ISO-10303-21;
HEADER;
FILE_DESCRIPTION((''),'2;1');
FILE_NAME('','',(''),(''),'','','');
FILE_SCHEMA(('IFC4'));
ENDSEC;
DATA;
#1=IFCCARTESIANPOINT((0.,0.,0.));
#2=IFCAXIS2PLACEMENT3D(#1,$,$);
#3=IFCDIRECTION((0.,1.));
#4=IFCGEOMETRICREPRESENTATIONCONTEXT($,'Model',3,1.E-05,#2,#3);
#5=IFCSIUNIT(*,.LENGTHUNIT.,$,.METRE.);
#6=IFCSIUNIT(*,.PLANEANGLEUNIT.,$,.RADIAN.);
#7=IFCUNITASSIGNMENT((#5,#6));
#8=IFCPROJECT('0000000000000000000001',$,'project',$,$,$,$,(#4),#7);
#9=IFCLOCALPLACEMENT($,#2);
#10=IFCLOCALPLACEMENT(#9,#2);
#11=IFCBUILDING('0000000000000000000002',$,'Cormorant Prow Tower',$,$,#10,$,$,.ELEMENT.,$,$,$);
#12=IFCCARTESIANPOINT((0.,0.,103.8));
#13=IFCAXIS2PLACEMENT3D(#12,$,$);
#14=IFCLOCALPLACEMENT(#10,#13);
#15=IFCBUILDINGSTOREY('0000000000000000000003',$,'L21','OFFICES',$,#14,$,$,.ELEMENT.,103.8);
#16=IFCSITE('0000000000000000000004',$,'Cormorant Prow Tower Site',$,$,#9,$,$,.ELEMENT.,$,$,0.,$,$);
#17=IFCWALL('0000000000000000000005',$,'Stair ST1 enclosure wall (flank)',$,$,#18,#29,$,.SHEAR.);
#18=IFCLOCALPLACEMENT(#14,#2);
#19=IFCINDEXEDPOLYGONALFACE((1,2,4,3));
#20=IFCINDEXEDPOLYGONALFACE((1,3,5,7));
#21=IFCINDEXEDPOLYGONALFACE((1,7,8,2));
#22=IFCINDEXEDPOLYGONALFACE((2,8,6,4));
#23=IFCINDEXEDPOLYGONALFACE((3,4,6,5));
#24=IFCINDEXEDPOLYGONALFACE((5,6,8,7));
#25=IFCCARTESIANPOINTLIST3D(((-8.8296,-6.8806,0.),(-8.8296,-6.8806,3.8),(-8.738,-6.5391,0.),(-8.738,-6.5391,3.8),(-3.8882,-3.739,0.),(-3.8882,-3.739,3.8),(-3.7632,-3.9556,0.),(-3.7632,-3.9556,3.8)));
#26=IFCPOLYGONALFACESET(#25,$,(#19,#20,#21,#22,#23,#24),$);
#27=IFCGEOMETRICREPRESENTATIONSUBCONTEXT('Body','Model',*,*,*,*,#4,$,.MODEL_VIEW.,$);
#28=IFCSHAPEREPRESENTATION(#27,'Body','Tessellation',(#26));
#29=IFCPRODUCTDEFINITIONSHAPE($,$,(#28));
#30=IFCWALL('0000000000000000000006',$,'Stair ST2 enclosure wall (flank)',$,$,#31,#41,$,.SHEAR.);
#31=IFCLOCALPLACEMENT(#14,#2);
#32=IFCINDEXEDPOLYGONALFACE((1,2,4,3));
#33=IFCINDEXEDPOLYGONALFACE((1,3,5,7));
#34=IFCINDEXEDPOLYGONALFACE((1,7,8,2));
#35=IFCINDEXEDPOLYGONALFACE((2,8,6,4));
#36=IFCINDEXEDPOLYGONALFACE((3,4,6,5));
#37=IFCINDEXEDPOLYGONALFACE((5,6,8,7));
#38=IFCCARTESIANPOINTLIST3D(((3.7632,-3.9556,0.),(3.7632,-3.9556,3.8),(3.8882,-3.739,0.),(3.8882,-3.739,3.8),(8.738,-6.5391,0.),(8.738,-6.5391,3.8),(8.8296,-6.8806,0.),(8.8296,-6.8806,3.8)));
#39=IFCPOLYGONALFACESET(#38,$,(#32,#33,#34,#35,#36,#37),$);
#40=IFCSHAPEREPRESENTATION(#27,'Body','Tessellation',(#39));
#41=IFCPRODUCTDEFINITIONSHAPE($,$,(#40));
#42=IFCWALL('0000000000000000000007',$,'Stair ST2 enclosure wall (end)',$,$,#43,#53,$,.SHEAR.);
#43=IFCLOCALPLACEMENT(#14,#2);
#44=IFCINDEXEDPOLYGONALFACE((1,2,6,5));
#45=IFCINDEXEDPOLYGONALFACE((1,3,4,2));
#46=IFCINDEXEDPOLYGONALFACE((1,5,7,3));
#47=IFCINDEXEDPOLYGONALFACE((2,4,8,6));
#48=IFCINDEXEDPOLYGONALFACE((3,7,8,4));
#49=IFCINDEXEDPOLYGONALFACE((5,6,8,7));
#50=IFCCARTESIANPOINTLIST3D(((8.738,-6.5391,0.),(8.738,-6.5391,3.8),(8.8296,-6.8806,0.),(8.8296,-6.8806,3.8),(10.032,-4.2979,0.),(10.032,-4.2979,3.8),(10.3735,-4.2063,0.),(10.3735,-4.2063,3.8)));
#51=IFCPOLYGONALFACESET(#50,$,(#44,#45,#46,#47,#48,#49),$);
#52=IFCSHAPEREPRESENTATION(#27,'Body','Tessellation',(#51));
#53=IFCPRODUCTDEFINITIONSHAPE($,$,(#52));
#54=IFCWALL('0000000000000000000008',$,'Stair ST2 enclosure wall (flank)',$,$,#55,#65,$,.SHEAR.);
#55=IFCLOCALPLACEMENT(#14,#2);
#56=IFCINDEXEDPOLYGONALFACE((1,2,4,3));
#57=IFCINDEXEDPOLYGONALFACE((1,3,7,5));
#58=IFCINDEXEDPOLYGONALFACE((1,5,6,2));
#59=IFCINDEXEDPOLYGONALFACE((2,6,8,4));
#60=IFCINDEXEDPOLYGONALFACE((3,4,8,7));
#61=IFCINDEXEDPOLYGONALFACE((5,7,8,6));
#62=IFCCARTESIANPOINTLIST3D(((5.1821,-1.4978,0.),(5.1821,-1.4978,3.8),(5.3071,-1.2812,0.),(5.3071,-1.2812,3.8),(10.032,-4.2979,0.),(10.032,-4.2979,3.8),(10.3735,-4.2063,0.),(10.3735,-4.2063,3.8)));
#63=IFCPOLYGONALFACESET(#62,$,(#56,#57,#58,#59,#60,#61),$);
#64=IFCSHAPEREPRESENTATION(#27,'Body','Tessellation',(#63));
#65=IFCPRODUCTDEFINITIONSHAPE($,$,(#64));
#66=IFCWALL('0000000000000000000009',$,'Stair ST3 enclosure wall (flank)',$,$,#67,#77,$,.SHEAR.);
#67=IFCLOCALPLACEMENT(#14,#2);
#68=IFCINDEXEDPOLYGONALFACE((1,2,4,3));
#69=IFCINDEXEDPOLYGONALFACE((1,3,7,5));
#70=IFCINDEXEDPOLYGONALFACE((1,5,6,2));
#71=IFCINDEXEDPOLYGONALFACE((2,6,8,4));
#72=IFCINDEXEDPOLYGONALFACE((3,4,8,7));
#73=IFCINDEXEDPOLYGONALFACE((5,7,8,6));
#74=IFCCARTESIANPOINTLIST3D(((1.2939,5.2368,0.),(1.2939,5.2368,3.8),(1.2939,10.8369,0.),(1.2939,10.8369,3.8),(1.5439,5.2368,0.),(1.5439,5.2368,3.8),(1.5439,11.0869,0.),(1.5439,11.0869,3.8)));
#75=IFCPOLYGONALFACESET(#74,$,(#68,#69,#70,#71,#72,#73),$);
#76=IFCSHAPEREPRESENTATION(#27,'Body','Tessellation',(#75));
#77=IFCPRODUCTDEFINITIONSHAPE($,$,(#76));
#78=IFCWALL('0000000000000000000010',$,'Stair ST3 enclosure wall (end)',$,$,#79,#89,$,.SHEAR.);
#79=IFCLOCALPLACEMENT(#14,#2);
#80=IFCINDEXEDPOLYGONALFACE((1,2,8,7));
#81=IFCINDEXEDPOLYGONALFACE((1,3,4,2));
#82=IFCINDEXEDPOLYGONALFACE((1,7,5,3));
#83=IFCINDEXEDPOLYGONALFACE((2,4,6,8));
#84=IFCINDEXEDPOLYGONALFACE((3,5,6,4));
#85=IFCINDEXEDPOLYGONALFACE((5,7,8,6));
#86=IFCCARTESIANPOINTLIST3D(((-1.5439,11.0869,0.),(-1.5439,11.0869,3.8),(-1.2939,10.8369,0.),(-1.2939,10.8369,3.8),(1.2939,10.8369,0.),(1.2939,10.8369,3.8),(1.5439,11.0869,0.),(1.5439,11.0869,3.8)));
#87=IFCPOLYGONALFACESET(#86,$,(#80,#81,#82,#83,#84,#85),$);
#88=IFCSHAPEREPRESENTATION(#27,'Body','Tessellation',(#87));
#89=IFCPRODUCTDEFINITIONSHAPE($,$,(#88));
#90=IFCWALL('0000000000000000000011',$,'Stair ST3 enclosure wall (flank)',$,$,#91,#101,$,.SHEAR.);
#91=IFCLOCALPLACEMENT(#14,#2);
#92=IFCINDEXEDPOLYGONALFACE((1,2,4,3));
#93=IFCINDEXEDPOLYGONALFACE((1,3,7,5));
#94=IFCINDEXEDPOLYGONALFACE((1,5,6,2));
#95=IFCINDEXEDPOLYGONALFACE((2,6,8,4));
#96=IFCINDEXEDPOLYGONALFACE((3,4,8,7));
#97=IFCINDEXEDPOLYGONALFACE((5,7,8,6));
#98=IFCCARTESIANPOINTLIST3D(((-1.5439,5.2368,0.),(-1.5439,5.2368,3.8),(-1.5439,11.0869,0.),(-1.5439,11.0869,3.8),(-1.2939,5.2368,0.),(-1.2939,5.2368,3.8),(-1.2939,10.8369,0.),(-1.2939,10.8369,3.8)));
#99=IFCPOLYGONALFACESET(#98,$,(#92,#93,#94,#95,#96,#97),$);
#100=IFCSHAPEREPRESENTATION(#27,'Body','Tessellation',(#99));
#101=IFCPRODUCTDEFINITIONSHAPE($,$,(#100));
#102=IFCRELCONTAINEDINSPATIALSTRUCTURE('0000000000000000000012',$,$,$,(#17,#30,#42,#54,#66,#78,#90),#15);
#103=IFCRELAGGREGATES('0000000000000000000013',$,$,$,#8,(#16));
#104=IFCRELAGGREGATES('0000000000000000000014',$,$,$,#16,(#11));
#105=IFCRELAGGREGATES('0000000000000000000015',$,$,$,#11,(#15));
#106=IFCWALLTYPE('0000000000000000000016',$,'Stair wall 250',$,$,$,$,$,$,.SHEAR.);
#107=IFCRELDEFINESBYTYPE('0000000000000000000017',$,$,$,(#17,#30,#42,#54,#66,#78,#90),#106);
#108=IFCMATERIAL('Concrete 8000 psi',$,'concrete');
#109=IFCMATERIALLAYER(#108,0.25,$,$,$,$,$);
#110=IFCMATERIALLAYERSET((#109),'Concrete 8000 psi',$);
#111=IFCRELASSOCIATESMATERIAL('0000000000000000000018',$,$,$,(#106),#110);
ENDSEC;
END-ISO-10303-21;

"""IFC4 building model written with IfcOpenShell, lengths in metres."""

from ifc_helpers import new_model, si_unit, direction, frame, origin, place, context, subcontext, project, spatial, polyline, outline, extrude, material, layer, layer_set, type_object, element, save


model = new_model("IFC4")

# Units and contexts
model_context = context("Model", 3, precision=1e-05, world=origin(), true_north=direction((0.0, 1.0)))
body_context = subcontext(model_context, "Body", "Model", "MODEL_VIEW")
ifc_project = project(units=[si_unit("LENGTHUNIT", "METRE"), si_unit("PLANEANGLEUNIT", "RADIAN")], contexts=[model_context])

# Site, building, storey
site_placement = place(None, origin())
site = spatial("IfcSite", under=ifc_project, at=site_placement, Name="Cormorant Prow Tower Site", CompositionType="ELEMENT", RefElevation=0.0)
building_placement = place(site_placement, origin())
building = spatial("IfcBuilding", under=site, at=building_placement, Name="Cormorant Prow Tower", CompositionType="ELEMENT")
storey_placement = place(building_placement, frame((0.0, 0.0, 103.8)))
storey = spatial("IfcBuildingStorey", under=building, at=storey_placement, Name="L21", Description="OFFICES", CompositionType="ELEMENT", Elevation=103.8)

# Walls
ifc_material_1 = material(Name="Concrete 8000 psi", Category="concrete")
ifc_layer_1 = layer(ifc_material_1, 0.25)
ifc_layer_set_1 = layer_set([ifc_layer_1], Name="Concrete 8000 psi")
wall_type_1 = type_object("IfcWallType", Name="Stair wall 250", PredefinedType="SHEAR", material=ifc_layer_set_1)
wall_1_placement = place(storey_placement, origin())
element("IfcWall", 1, at=wall_1_placement, inside=storey, type_object=wall_type_1, Name="Stair ST1 enclosure wall (flank)", PredefinedType="SHEAR", context=body_context, shape_type="SweptSolid", body=[
    extrude(outline(polyline([(-8.738, -6.5391), (-8.8296, -6.8806), (-3.7632, -3.9556), (-3.8882, -3.739), (-8.738, -6.5391)])), origin(), (0.0, 0.0, 1.0), 3.8),
])
wall_2_placement = place(storey_placement, origin())
element("IfcWall", 2, at=wall_2_placement, inside=storey, type_object=wall_type_1, Name="Stair ST2 enclosure wall (flank)", PredefinedType="SHEAR", context=body_context, shape_type="SweptSolid", body=[
    extrude(outline(polyline([(3.7632, -3.9556), (8.8296, -6.8806), (8.738, -6.5391), (3.8882, -3.739), (3.7632, -3.9556)])), origin(), (0.0, 0.0, 1.0), 3.8),
])
wall_3_placement = place(storey_placement, origin())
element("IfcWall", 3, at=wall_3_placement, inside=storey, type_object=wall_type_1, Name="Stair ST2 enclosure wall (end)", PredefinedType="SHEAR", context=body_context, shape_type="SweptSolid", body=[
    extrude(outline(polyline([(8.8296, -6.8806), (10.3735, -4.2063), (10.032, -4.2979), (8.738, -6.5391), (8.8296, -6.8806)])), origin(), (0.0, 0.0, 1.0), 3.8),
])
wall_4_placement = place(storey_placement, origin())
element("IfcWall", 4, at=wall_4_placement, inside=storey, type_object=wall_type_1, Name="Stair ST2 enclosure wall (flank)", PredefinedType="SHEAR", context=body_context, shape_type="SweptSolid", body=[
    extrude(outline(polyline([(10.032, -4.2979), (10.3735, -4.2063), (5.3071, -1.2812), (5.1821, -1.4978), (10.032, -4.2979)])), origin(), (0.0, 0.0, 1.0), 3.8),
])
wall_5_placement = place(storey_placement, origin())
element("IfcWall", 5, at=wall_5_placement, inside=storey, type_object=wall_type_1, Name="Stair ST3 enclosure wall (flank)", PredefinedType="SHEAR", context=body_context, shape_type="SweptSolid", body=[
    extrude(outline(polyline([(1.5439, 5.2368), (1.5439, 11.0869), (1.2939, 10.8369), (1.2939, 5.2368), (1.5439, 5.2368)])), origin(), (0.0, 0.0, 1.0), 3.8),
])
wall_6_placement = place(storey_placement, origin())
element("IfcWall", 6, at=wall_6_placement, inside=storey, type_object=wall_type_1, Name="Stair ST3 enclosure wall (end)", PredefinedType="SHEAR", context=body_context, shape_type="SweptSolid", body=[
    extrude(outline(polyline([(1.5439, 11.0869), (-1.5439, 11.0869), (-1.2939, 10.8369), (1.2939, 10.8369), (1.5439, 11.0869)])), origin(), (0.0, 0.0, 1.0), 3.8),
])
wall_7_placement = place(storey_placement, origin())
element("IfcWall", 7, at=wall_7_placement, inside=storey, type_object=wall_type_1, Name="Stair ST3 enclosure wall (flank)", PredefinedType="SHEAR", context=body_context, shape_type="SweptSolid", body=[
    extrude(outline(polyline([(-1.2939, 10.8369), (-1.5439, 11.0869), (-1.5439, 5.2368), (-1.2939, 5.2368), (-1.2939, 10.8369)])), origin(), (0.0, 0.0, 1.0), 3.8),
])

save(model, "model.ifc")
